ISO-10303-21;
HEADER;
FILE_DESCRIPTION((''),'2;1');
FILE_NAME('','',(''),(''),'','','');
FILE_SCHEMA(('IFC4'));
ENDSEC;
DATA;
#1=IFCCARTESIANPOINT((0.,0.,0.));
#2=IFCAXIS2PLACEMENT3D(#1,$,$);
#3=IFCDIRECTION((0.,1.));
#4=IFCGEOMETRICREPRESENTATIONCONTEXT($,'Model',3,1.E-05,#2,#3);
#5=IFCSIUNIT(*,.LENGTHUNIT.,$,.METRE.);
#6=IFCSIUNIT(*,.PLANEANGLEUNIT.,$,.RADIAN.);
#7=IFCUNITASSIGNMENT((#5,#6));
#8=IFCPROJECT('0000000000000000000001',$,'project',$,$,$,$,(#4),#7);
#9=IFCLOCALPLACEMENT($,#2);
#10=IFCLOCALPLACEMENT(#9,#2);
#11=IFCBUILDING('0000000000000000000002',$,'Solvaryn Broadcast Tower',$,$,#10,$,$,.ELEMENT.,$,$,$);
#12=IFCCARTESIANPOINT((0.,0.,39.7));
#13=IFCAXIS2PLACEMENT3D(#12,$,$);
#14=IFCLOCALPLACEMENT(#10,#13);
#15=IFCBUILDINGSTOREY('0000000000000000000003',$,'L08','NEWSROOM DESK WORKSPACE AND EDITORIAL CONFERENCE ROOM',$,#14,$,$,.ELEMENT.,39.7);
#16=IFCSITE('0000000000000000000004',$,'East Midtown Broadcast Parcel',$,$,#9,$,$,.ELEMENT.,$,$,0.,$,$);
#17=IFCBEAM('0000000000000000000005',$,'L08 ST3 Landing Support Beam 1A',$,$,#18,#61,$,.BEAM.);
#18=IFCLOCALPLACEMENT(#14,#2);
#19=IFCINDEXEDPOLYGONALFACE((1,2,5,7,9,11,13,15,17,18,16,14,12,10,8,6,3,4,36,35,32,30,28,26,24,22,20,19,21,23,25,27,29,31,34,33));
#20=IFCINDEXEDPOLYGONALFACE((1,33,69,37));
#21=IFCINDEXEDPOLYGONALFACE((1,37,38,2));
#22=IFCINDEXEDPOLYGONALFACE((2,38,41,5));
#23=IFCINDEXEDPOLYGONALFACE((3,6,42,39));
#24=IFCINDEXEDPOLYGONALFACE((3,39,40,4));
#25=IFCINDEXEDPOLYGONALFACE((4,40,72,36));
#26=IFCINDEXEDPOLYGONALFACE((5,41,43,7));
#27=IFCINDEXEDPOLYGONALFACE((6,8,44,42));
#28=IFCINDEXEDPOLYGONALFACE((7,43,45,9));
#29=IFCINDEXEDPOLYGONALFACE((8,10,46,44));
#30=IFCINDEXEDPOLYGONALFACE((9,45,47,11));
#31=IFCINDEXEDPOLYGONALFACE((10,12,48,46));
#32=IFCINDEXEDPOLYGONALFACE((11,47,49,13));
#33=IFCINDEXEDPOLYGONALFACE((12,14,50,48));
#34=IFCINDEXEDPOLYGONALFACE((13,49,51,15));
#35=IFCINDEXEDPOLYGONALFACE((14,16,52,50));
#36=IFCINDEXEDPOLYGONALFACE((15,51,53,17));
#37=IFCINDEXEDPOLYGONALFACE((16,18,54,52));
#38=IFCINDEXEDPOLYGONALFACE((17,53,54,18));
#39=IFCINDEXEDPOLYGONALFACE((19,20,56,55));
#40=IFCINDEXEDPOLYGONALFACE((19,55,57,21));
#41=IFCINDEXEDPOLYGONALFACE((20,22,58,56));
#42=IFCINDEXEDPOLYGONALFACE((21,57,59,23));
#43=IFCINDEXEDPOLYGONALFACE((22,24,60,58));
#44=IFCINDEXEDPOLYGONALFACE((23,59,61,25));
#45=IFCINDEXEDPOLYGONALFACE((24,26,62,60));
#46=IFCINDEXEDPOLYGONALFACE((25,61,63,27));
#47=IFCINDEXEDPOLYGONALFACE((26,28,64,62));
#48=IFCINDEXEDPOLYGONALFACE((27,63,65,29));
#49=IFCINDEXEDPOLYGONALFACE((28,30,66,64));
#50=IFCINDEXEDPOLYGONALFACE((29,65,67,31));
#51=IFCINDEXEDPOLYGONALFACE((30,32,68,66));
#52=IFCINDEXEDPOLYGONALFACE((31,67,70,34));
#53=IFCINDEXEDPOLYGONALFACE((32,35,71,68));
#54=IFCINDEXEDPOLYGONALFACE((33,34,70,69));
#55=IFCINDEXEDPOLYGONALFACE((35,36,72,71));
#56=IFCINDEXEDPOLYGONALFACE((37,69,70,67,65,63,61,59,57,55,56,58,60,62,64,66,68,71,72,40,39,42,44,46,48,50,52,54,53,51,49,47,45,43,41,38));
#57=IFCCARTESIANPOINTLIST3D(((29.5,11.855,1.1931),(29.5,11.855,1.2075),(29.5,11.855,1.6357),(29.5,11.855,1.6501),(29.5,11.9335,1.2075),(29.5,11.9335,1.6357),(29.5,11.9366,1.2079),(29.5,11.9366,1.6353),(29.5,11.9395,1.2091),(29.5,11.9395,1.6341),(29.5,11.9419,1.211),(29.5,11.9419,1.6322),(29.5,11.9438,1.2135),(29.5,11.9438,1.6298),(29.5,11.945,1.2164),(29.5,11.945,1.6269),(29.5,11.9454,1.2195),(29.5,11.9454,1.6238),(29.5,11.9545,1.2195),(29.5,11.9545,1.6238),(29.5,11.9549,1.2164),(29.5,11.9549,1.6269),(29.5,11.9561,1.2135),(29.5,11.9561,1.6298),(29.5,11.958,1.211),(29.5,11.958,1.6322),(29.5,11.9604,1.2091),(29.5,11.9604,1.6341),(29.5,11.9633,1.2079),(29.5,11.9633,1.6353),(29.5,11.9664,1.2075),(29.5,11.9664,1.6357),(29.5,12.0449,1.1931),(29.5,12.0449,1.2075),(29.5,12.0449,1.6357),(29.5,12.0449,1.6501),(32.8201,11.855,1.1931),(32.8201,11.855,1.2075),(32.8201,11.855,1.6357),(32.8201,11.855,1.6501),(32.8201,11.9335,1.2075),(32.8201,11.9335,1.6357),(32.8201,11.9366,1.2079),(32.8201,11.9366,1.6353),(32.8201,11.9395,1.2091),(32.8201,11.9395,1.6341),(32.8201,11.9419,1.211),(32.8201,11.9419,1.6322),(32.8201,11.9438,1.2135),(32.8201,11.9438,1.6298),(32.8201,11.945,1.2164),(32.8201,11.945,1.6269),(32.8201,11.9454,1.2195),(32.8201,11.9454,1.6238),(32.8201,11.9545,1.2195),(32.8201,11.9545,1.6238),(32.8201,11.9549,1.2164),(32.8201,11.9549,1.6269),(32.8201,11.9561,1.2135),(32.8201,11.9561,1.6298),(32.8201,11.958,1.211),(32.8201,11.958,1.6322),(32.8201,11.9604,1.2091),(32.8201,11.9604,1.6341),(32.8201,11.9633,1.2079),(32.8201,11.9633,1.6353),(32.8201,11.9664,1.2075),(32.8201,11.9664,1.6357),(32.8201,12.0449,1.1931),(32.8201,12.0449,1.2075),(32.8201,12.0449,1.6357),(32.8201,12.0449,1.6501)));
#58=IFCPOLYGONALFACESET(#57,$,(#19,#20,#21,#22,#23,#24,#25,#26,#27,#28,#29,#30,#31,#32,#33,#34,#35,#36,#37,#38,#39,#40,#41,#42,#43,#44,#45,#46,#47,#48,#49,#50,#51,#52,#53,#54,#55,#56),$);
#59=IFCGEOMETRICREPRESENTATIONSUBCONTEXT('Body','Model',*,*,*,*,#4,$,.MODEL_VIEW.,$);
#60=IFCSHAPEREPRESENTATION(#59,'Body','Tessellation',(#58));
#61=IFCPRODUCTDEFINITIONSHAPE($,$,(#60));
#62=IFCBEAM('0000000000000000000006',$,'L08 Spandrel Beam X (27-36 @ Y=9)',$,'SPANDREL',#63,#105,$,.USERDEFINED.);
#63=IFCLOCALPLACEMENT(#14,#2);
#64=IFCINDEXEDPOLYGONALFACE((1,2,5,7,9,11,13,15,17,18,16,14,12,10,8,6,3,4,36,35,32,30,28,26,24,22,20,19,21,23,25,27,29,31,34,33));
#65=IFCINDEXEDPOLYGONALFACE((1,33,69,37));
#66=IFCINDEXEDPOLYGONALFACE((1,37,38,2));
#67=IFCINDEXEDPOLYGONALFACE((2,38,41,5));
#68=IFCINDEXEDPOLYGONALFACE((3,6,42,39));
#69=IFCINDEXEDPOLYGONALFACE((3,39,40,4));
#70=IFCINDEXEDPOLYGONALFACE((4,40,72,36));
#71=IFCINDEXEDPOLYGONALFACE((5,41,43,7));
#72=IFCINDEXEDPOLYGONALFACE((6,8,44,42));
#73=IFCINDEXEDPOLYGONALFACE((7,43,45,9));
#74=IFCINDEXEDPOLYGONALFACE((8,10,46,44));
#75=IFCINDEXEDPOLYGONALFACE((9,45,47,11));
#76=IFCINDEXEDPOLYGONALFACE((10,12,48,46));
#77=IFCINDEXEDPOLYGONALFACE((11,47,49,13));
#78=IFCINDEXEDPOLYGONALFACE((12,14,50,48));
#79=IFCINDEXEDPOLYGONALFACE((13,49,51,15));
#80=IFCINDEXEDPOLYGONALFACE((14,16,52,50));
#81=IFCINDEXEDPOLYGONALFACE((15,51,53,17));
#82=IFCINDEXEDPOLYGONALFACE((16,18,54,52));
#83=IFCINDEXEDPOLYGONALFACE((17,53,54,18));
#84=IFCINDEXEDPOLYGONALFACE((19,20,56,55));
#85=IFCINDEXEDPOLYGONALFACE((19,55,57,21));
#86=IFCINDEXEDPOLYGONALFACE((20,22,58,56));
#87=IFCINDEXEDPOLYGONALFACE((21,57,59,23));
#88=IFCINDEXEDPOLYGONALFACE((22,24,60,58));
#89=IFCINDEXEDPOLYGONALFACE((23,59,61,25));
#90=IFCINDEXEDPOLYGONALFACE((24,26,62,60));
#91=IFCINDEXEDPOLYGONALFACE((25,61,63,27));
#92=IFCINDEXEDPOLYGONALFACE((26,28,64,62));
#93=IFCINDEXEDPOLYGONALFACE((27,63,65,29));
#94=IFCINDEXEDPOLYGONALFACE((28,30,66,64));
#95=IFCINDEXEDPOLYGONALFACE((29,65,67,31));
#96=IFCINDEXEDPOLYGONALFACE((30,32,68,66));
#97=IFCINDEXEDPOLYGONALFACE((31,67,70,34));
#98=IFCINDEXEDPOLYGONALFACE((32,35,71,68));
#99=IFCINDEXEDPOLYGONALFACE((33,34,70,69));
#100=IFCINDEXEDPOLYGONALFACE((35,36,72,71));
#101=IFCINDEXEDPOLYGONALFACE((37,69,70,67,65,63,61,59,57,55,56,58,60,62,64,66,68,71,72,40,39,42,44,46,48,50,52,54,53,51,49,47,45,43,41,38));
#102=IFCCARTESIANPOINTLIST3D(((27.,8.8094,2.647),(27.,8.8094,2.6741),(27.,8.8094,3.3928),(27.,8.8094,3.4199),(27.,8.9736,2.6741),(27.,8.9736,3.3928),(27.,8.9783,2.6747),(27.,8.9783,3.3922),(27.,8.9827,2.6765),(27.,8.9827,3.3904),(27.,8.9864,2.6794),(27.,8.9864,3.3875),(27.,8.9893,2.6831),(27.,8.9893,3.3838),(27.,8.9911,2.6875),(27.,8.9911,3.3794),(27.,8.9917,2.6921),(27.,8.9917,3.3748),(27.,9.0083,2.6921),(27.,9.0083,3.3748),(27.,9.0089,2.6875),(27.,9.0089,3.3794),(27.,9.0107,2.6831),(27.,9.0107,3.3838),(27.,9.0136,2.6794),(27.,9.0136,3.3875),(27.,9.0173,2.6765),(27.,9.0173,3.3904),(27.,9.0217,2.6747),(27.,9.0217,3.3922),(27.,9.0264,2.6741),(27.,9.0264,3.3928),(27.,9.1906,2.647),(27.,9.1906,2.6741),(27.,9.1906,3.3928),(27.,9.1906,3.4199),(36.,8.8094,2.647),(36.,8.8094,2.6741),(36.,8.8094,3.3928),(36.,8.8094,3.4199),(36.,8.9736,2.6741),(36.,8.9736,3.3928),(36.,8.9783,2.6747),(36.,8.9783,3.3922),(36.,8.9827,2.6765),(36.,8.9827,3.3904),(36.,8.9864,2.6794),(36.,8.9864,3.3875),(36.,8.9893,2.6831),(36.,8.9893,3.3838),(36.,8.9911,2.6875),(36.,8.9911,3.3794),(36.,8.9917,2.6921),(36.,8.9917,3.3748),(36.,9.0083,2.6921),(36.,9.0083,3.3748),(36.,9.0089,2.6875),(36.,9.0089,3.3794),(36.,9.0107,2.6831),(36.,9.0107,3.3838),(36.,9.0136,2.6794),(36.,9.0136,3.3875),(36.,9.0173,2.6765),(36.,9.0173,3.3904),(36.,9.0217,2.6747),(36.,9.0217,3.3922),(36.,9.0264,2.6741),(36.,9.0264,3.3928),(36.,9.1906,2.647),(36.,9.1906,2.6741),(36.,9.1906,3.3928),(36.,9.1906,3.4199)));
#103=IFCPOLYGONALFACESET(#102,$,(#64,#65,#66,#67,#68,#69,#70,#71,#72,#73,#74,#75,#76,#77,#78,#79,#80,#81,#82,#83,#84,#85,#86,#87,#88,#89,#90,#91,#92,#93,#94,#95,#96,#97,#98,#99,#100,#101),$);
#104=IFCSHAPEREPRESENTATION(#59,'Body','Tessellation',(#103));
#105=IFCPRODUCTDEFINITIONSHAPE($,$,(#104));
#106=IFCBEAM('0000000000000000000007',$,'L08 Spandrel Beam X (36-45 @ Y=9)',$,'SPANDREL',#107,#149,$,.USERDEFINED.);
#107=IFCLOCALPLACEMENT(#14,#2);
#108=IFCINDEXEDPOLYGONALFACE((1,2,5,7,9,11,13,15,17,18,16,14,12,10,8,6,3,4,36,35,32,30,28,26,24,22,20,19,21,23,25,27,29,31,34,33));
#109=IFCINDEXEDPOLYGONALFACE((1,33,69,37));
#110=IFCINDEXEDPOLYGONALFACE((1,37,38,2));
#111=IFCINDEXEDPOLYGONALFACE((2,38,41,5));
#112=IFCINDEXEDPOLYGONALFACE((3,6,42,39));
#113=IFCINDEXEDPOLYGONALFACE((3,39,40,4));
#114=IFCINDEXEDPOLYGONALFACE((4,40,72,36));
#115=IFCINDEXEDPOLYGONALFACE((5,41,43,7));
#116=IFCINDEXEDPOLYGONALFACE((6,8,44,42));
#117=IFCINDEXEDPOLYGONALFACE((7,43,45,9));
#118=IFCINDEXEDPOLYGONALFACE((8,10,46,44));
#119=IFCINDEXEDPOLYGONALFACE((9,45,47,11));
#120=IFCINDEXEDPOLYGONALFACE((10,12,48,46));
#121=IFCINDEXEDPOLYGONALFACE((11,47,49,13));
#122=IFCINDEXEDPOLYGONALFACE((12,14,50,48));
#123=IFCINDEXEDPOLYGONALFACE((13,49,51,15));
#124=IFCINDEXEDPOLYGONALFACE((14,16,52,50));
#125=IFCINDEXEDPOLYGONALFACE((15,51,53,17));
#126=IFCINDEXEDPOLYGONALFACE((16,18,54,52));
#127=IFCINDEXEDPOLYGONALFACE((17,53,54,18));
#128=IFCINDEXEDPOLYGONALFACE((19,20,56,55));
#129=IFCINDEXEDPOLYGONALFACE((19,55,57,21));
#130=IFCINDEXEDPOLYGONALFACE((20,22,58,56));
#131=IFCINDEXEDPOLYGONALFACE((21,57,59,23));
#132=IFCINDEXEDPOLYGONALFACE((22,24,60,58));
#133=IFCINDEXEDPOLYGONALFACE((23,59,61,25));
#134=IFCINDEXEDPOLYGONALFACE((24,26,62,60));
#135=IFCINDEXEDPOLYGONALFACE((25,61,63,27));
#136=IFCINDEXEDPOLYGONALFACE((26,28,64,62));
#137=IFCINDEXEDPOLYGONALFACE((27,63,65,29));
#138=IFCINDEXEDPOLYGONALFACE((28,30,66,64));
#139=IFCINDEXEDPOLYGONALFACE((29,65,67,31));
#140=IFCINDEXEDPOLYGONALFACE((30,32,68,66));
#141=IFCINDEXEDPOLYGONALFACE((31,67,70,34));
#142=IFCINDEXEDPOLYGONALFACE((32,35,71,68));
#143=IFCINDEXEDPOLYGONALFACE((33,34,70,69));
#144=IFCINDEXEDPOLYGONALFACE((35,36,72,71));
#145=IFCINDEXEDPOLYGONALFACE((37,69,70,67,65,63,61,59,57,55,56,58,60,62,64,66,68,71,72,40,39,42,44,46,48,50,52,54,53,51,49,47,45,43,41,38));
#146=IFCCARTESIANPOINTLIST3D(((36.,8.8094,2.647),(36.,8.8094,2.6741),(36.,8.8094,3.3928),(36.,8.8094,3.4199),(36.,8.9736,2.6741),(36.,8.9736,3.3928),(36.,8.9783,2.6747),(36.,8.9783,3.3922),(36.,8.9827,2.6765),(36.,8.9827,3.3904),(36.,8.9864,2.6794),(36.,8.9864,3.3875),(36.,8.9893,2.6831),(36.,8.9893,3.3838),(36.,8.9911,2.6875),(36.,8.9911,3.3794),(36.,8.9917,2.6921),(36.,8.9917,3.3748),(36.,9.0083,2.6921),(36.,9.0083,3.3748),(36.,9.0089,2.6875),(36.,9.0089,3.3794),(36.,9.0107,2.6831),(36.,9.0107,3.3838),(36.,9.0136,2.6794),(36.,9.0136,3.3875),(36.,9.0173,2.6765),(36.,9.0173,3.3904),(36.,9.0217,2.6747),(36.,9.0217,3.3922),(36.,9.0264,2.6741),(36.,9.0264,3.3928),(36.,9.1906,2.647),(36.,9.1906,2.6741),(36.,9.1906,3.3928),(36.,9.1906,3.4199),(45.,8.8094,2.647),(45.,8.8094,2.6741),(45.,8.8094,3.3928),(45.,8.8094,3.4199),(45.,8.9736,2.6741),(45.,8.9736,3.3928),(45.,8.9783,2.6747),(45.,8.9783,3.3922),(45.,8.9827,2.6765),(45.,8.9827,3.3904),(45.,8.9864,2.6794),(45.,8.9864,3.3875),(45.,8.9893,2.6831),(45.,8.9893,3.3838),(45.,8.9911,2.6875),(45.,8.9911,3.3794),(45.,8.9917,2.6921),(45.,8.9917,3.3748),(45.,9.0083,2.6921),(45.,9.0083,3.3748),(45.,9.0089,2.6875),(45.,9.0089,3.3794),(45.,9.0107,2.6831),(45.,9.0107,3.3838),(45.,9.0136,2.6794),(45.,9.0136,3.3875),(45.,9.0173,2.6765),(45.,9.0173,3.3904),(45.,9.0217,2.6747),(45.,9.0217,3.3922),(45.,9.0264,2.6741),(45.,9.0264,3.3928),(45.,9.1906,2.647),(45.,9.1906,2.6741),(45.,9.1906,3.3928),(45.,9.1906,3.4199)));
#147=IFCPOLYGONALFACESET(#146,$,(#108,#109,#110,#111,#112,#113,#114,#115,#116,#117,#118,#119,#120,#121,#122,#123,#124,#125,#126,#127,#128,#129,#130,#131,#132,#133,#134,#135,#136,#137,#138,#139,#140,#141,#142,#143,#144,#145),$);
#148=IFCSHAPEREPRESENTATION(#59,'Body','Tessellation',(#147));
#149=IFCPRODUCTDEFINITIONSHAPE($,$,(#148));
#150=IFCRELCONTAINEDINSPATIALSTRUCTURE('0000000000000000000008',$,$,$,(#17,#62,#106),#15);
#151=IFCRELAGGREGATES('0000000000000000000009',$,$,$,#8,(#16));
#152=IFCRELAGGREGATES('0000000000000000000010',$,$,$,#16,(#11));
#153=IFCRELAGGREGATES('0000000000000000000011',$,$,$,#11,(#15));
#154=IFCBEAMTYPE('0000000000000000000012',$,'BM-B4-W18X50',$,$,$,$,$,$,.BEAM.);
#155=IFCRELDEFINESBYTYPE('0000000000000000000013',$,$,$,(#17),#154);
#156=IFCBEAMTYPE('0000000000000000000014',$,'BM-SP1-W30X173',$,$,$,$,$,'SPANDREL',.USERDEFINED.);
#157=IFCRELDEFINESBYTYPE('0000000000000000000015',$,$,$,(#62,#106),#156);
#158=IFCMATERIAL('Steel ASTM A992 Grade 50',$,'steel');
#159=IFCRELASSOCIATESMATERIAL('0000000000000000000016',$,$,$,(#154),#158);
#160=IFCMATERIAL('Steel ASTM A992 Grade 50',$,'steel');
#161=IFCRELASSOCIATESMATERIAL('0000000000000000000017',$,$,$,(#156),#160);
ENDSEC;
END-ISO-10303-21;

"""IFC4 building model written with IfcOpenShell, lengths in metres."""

from ifc_helpers import new_model, si_unit, direction, frame, origin, origin_2d, place, context, subcontext, project, spatial, i_section, extrude, material, material_profile, profile_set, type_object, element, save


model = new_model("IFC4")

# Units and contexts
model_context = context("Model", 3, precision=1e-05, world=origin(), true_north=direction((0.0, 1.0)))
body_context = subcontext(model_context, "Body", "Model", "MODEL_VIEW")
ifc_project = project(units=[si_unit("LENGTHUNIT", "METRE"), si_unit("PLANEANGLEUNIT", "RADIAN")], contexts=[model_context])

# Site, building, storey
site_placement = place(None, origin())
site = spatial("IfcSite", under=ifc_project, at=site_placement, Name="East Midtown Broadcast Parcel", CompositionType="ELEMENT", RefElevation=0.0)
building_placement = place(site_placement, origin())
building = spatial("IfcBuilding", under=site, at=building_placement, Name="Solvaryn Broadcast Tower", CompositionType="ELEMENT")
storey_placement = place(building_placement, frame((0.0, 0.0, 39.7)))
storey = spatial("IfcBuildingStorey", under=building, at=storey_placement, Name="L08", Description="NEWSROOM DESK WORKSPACE AND EDITORIAL CONFERENCE ROOM", CompositionType="ELEMENT", Elevation=39.7)

# Beams
ifc_material_1 = material(Name="Steel ASTM A992 Grade 50", Category="steel")
ifc_material_profile_1 = material_profile(ifc_material_1, i_section(OverallWidth=0.1899, OverallDepth=0.457, WebThickness=0.009, FlangeThickness=0.0144, FilletRadius=0.012, at=origin_2d()))
ifc_profile_set_1 = profile_set([ifc_material_profile_1], Name="Steel ASTM A992 Grade 50")
beam_type_1 = type_object("IfcBeamType", Name="BM-B4-W18X50", PredefinedType="BEAM", material=ifc_profile_set_1)
beam_1_placement = place(storey_placement, frame((29.5, 11.95, 1.4216), z_axis=(1.0, 0.0, 0.0), x_axis=(0.0, 1.0, 0.0)))
element("IfcBeam", 1, at=beam_1_placement, inside=storey, type_object=beam_type_1, Name="L08 ST3 Landing Support Beam 1A", PredefinedType="BEAM", context=body_context, shape_type="SweptSolid", body=[
    extrude(i_section(OverallWidth=0.1899, OverallDepth=0.457, WebThickness=0.009, FlangeThickness=0.0144, FilletRadius=0.012, at=origin_2d()), origin(), (0.0, 0.0, 1.0), 3.3201),
])
ifc_material_2 = material(Name="Steel ASTM A992 Grade 50", Category="steel")
ifc_material_profile_2 = material_profile(ifc_material_2, i_section(OverallWidth=0.3811, OverallDepth=0.7729, WebThickness=0.0166, FlangeThickness=0.0271, FilletRadius=0.0181, at=origin_2d()))
ifc_profile_set_2 = profile_set([ifc_material_profile_2], Name="Steel ASTM A992 Grade 50")
beam_type_2 = type_object("IfcBeamType", Name="BM-SP1-W30X173", ElementType="SPANDREL", PredefinedType="USERDEFINED", material=ifc_profile_set_2)
for number, where, z_axis, x_axis, name in (
    (2, (27.0, 9.0, 3.0334), (1.0, 0.0, 0.0), (0.0, 1.0, 0.0), "L08 Spandrel Beam X (27-36 @ Y=9)"),
    (3, (36.0, 9.0, 3.0334), (1.0, 0.0, 0.0), (0.0, 1.0, 0.0), "L08 Spandrel Beam X (36-45 @ Y=9)"),
):
    element("IfcBeam", number, at=place(storey_placement, frame(where, z_axis=z_axis, x_axis=x_axis)), inside=storey, type_object=beam_type_2, Name=name, ObjectType="SPANDREL", PredefinedType="USERDEFINED", context=body_context, shape_type="SweptSolid", body=[
        extrude(i_section(OverallWidth=0.3811, OverallDepth=0.7729, WebThickness=0.0166, FlangeThickness=0.0271, FilletRadius=0.0181, at=origin_2d()), origin(), (0.0, 0.0, 1.0), 9.0),
    ])

save(model, "model.ifc")
